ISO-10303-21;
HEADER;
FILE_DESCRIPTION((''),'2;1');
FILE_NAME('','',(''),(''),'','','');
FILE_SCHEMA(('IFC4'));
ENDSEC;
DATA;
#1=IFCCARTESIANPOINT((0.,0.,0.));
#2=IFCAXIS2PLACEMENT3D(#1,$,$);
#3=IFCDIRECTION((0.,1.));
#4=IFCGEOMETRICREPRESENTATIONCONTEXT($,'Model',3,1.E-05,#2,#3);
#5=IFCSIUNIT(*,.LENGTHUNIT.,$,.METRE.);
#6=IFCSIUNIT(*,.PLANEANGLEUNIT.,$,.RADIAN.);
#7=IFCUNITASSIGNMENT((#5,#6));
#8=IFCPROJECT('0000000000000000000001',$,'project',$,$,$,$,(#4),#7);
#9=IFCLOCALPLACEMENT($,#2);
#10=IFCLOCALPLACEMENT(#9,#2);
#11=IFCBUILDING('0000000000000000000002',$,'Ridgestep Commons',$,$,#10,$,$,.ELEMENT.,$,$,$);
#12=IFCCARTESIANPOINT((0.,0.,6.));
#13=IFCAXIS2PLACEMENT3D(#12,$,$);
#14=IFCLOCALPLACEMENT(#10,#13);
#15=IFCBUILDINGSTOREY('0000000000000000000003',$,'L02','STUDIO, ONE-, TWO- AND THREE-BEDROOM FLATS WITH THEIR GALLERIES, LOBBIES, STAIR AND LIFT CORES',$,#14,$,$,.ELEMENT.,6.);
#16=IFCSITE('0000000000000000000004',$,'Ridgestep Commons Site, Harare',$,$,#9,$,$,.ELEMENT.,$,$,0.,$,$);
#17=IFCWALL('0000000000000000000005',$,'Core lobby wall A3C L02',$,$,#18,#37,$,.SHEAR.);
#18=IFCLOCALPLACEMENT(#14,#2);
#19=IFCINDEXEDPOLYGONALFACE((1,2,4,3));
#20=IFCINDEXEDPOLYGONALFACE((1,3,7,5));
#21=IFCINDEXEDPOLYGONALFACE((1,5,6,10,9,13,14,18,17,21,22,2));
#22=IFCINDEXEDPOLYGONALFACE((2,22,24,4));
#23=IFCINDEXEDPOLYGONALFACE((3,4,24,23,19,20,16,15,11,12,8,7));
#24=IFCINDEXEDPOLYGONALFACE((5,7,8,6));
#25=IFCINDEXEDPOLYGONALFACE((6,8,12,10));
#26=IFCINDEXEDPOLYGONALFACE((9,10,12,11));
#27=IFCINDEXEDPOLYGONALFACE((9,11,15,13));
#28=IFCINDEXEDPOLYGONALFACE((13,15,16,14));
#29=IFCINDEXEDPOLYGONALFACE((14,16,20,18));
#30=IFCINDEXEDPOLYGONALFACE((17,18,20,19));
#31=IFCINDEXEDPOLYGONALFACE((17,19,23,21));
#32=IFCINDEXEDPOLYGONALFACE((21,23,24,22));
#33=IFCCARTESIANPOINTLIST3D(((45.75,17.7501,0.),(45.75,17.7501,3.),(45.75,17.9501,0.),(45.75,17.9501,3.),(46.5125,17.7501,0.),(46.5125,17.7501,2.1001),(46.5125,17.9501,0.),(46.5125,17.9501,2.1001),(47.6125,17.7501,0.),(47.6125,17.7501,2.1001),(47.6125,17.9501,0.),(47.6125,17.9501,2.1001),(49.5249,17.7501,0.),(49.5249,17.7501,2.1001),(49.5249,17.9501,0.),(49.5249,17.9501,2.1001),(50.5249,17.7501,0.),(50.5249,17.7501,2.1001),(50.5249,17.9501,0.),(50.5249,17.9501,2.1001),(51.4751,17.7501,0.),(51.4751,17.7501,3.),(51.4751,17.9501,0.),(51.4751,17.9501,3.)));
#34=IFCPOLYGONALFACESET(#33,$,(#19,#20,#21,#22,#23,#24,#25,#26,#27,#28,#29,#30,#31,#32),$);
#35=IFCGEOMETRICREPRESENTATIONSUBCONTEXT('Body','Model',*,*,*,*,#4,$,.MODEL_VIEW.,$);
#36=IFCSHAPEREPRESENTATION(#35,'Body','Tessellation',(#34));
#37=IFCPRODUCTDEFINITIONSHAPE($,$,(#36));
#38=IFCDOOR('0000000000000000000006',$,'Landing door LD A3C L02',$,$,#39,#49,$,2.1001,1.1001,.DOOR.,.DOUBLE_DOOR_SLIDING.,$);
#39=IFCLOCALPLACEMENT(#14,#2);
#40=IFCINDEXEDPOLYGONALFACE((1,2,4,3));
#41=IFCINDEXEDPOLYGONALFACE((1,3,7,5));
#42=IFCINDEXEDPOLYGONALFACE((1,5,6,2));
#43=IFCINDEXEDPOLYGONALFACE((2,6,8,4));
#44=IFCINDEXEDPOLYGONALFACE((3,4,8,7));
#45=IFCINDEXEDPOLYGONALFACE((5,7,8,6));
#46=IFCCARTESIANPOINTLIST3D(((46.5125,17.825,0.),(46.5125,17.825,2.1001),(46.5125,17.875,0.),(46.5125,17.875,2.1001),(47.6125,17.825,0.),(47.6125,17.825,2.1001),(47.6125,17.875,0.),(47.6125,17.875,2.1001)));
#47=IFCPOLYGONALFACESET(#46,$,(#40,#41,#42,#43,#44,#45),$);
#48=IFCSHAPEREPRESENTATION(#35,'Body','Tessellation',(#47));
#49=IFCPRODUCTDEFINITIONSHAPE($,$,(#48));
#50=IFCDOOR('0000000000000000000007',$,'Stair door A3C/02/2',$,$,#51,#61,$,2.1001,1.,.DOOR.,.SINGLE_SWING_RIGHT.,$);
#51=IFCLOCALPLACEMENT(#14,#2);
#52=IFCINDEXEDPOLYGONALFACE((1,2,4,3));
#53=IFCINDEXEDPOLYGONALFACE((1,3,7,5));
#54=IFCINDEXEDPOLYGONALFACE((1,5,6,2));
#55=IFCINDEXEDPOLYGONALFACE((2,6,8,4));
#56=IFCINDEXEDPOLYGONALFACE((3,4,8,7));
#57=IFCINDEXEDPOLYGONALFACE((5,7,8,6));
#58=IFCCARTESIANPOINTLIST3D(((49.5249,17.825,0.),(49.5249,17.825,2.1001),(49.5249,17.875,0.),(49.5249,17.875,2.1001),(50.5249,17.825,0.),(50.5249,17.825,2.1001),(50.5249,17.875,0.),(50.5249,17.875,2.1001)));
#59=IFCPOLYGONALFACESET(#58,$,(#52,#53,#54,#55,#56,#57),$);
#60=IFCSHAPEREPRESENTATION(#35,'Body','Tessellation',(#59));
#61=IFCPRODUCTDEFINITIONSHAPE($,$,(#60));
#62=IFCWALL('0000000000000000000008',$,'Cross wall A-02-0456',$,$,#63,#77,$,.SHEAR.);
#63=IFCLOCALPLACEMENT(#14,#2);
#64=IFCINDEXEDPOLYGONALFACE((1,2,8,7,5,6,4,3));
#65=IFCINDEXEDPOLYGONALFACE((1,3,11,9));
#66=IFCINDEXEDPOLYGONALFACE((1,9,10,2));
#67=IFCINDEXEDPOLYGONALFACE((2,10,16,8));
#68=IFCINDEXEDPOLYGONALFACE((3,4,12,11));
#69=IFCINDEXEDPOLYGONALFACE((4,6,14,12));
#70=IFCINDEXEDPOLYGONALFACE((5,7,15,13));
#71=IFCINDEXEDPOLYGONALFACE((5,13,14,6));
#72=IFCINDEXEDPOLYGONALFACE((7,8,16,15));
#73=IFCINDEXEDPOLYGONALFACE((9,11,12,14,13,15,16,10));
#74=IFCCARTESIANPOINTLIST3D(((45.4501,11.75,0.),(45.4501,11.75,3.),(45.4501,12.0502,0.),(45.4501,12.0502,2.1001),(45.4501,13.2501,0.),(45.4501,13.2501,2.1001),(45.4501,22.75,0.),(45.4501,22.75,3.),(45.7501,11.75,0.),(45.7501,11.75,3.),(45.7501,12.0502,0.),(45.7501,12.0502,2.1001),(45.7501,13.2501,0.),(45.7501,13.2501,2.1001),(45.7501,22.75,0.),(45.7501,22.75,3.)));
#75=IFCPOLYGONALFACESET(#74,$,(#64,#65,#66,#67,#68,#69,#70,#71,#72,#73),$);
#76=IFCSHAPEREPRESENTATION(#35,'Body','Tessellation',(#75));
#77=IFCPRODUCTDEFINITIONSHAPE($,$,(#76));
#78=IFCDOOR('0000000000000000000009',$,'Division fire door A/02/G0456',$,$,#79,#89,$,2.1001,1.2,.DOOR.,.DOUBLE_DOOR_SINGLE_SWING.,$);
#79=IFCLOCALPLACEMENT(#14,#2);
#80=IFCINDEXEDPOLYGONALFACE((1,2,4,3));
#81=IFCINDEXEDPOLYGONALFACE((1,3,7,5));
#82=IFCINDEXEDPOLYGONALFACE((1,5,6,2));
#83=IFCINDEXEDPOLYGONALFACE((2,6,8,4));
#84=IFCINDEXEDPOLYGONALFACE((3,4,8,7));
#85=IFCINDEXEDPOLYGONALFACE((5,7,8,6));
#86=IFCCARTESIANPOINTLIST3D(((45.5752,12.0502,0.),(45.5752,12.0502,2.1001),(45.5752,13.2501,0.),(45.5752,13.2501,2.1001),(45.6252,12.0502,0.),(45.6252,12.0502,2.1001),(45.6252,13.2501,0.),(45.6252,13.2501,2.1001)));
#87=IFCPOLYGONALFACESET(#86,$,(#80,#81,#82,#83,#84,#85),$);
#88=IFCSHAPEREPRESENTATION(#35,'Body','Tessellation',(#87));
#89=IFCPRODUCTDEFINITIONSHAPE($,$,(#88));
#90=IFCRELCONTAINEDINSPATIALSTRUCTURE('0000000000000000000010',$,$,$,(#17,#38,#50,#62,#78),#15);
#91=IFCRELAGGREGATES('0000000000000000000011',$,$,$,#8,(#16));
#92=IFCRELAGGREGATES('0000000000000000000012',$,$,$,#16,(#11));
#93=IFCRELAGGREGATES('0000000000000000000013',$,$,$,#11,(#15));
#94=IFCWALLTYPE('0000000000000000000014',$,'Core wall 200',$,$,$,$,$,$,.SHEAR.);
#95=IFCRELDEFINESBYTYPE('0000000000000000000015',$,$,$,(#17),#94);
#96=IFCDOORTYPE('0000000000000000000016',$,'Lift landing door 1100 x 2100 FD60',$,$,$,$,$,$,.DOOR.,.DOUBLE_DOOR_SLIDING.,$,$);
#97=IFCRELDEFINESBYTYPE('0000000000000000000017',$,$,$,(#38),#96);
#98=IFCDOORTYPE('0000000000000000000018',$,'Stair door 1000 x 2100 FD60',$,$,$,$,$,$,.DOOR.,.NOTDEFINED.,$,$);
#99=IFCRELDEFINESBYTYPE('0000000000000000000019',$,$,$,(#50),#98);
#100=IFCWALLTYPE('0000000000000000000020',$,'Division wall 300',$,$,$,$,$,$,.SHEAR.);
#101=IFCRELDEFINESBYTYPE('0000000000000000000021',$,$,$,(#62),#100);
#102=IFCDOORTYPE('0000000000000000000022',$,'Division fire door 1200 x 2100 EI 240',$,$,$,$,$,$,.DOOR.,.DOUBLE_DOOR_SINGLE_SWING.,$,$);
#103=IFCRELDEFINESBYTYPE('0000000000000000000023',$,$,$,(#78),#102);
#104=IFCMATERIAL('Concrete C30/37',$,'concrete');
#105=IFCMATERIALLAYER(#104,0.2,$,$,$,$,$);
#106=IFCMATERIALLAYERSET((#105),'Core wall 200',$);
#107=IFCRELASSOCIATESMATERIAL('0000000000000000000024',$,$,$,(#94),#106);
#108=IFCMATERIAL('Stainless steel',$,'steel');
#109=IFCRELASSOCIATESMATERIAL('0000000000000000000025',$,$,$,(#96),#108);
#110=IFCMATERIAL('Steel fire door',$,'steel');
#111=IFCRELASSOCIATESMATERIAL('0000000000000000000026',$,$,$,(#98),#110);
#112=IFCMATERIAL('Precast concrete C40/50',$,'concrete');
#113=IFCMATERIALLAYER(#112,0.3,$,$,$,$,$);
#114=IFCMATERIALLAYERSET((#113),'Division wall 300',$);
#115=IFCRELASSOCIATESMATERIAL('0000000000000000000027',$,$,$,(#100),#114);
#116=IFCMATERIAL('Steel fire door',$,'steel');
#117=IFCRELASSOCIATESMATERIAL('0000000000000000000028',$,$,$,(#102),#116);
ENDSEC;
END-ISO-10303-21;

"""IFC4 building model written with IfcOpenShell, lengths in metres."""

from ifc_helpers import new_model, si_unit, direction, frame, frame_2d, origin, place, context, subcontext, project, spatial, rectangle, extrude, material, layer, layer_set, type_object, element, fill, save


model = new_model("IFC4")

# Units and contexts
model_context = context("Model", 3, precision=1e-05, world=origin(), true_north=direction((0.0, 1.0)))
body_context = subcontext(model_context, "Body", "Model", "MODEL_VIEW")
ifc_project = project(units=[si_unit("LENGTHUNIT", "METRE"), si_unit("PLANEANGLEUNIT", "RADIAN")], contexts=[model_context])

# Site, building, storey
site_placement = place(None, origin())
site = spatial("IfcSite", under=ifc_project, at=site_placement, Name="Ridgestep Commons Site, Harare", CompositionType="ELEMENT", RefElevation=0.0)
building_placement = place(site_placement, origin())
building = spatial("IfcBuilding", under=site, at=building_placement, Name="Ridgestep Commons", CompositionType="ELEMENT")
storey_placement = place(building_placement, frame((0.0, 0.0, 6.0)))
storey = spatial("IfcBuildingStorey", under=building, at=storey_placement, Name="L02", Description="STUDIO, ONE-, TWO- AND THREE-BEDROOM FLATS WITH THEIR GALLERIES, LOBBIES, STAIR AND LIFT CORES", CompositionType="ELEMENT", Elevation=6.0)

# Shared definitions
ifc_material_1 = material(Name="Concrete C30/37", Category="concrete")
ifc_layer_1 = layer(ifc_material_1, 0.2)
ifc_layer_set_1 = layer_set([ifc_layer_1], Name="Core wall 200")
wall_type_1 = type_object("IfcWallType", Name="Core wall 200", PredefinedType="SHEAR", material=ifc_layer_set_1)
ifc_material_2 = material(Name="Stainless steel", Category="steel")
door_type_1 = type_object("IfcDoorType", Name="Lift landing door 1100 x 2100 FD60", OperationType="DOUBLE_DOOR_SLIDING", PredefinedType="DOOR", material=ifc_material_2)
ifc_material_3 = material(Name="Steel fire door", Category="steel")
door_type_2 = type_object("IfcDoorType", Name="Stair door 1000 x 2100 FD60", OperationType="NOTDEFINED", PredefinedType="DOOR", material=ifc_material_3)

# Wall, openings, doors
wall_1_placement = place(storey_placement, frame((45.75, 17.8501, 0.0), z_axis=(0.0, 0.0, 1.0), x_axis=(1.0, 0.0, 0.0)))
wall_1 = element("IfcWall", 1, at=wall_1_placement, inside=storey, type_object=wall_type_1, Name="Core lobby wall A3C L02", PredefinedType="SHEAR", context=body_context, shape_type="SweptSolid", body=[
    extrude(rectangle(XDim=5.7251, YDim=0.2, at=frame_2d((2.8625, 0.0))), origin(), (0.0, 0.0, 1.0), 3.0),
])
opening_1_placement = place(wall_1_placement, frame((3.7749, 0.0, 0.0)))
opening_1 = element("IfcOpeningElement", 2, at=opening_1_placement, cuts=wall_1, PredefinedType="OPENING", context=body_context, shape_type="SweptSolid", body=[
    extrude(rectangle(XDim=1.0, YDim=2.1001, at=frame_2d((0.5, 1.05))), frame((0.0, 0.1099, 0.0), z_axis=(0.0, -1.0, 0.0), x_axis=(1.0, 0.0, 0.0)), (0.0, 0.0, 1.0), 0.22),
])
opening_2_placement = place(wall_1_placement, frame((0.7625, 0.0, 0.0)))
opening_2 = element("IfcOpeningElement", 3, at=opening_2_placement, cuts=wall_1, PredefinedType="OPENING", context=body_context, shape_type="SweptSolid", body=[
    extrude(rectangle(XDim=1.1001, YDim=2.1001, at=frame_2d((0.55, 1.05))), frame((0.0, 0.1099, 0.0), z_axis=(0.0, -1.0, 0.0), x_axis=(1.0, 0.0, 0.0)), (0.0, 0.0, 1.0), 0.22),
])
door_1_placement = place(opening_2_placement, origin())
door_1 = element("IfcDoor", 4, at=door_1_placement, inside=storey, type_object=door_type_1, Name="Landing door LD A3C L02", OperationType="DOUBLE_DOOR_SLIDING", OverallHeight=2.1001, OverallWidth=1.1001, PredefinedType="DOOR", context=body_context, shape_type="SweptSolid", body=[
    extrude(rectangle(XDim=1.1001, YDim=2.1001, at=frame_2d((0.55, 1.05))), frame((0.0, 0.0249, 0.0), z_axis=(0.0, -1.0, 0.0), x_axis=(1.0, 0.0, 0.0)), (0.0, 0.0, 1.0), 0.05),
])
fill(opening_2, door_1)
door_2_placement = place(opening_1_placement, origin())
door_2 = element("IfcDoor", 5, at=door_2_placement, inside=storey, type_object=door_type_2, Name="Stair door A3C/02/2", OperationType="SINGLE_SWING_RIGHT", OverallHeight=2.1001, OverallWidth=1.0, PredefinedType="DOOR", context=body_context, shape_type="SweptSolid", body=[
    extrude(rectangle(XDim=1.0, YDim=2.1001, at=frame_2d((0.5, 1.05))), frame((0.0, 0.0249, 0.0), z_axis=(0.0, -1.0, 0.0), x_axis=(1.0, 0.0, 0.0)), (0.0, 0.0, 1.0), 0.05),
])
fill(opening_1, door_2)

# Wall, opening, door
ifc_material_4 = material(Name="Precast concrete C40/50", Category="concrete")
ifc_layer_2 = layer(ifc_material_4, 0.3)
ifc_layer_set_2 = layer_set([ifc_layer_2], Name="Division wall 300")
wall_type_2 = type_object("IfcWallType", Name="Division wall 300", PredefinedType="SHEAR", material=ifc_layer_set_2)
wall_2_placement = place(storey_placement, frame((45.6001, 11.75, 0.0), z_axis=(0.0, 0.0, 1.0), x_axis=(0.0, 1.0, 0.0)))
wall_2 = element("IfcWall", 6, at=wall_2_placement, inside=storey, type_object=wall_type_2, Name="Cross wall A-02-0456", PredefinedType="SHEAR", context=body_context, shape_type="SweptSolid", body=[
    extrude(rectangle(XDim=11.0, YDim=0.3, at=frame_2d((5.5, 0.0))), origin(), (0.0, 0.0, 1.0), 3.0),
])
opening_3_placement = place(wall_2_placement, frame((0.3, 0.0, 0.0)))
opening_3 = element("IfcOpeningElement", 7, at=opening_3_placement, cuts=wall_2, PredefinedType="OPENING", context=body_context, shape_type="SweptSolid", body=[
    extrude(rectangle(XDim=1.2, YDim=2.1001, at=frame_2d((0.6001, 1.05))), frame((0.0, 0.1599, 0.0), z_axis=(0.0, -1.0, 0.0), x_axis=(1.0, 0.0, 0.0)), (0.0, 0.0, 1.0), 0.3201),
])
ifc_material_5 = material(Name="Steel fire door", Category="steel")
door_type_3 = type_object("IfcDoorType", Name="Division fire door 1200 x 2100 EI 240", OperationType="DOUBLE_DOOR_SINGLE_SWING", PredefinedType="DOOR", material=ifc_material_5)
door_3_placement = place(opening_3_placement, origin())
door_3 = element("IfcDoor", 8, at=door_3_placement, inside=storey, type_object=door_type_3, Name="Division fire door A/02/G0456", OperationType="DOUBLE_DOOR_SINGLE_SWING", OverallHeight=2.1001, OverallWidth=1.2, PredefinedType="DOOR", context=body_context, shape_type="SweptSolid", body=[
    extrude(rectangle(XDim=1.2, YDim=2.1001, at=frame_2d((0.6001, 1.05))), frame((0.0, 0.0249, 0.0), z_axis=(0.0, -1.0, 0.0), x_axis=(1.0, 0.0, 0.0)), (0.0, 0.0, 1.0), 0.05),
])
fill(opening_3, door_3)

save(model, "model.ifc")
